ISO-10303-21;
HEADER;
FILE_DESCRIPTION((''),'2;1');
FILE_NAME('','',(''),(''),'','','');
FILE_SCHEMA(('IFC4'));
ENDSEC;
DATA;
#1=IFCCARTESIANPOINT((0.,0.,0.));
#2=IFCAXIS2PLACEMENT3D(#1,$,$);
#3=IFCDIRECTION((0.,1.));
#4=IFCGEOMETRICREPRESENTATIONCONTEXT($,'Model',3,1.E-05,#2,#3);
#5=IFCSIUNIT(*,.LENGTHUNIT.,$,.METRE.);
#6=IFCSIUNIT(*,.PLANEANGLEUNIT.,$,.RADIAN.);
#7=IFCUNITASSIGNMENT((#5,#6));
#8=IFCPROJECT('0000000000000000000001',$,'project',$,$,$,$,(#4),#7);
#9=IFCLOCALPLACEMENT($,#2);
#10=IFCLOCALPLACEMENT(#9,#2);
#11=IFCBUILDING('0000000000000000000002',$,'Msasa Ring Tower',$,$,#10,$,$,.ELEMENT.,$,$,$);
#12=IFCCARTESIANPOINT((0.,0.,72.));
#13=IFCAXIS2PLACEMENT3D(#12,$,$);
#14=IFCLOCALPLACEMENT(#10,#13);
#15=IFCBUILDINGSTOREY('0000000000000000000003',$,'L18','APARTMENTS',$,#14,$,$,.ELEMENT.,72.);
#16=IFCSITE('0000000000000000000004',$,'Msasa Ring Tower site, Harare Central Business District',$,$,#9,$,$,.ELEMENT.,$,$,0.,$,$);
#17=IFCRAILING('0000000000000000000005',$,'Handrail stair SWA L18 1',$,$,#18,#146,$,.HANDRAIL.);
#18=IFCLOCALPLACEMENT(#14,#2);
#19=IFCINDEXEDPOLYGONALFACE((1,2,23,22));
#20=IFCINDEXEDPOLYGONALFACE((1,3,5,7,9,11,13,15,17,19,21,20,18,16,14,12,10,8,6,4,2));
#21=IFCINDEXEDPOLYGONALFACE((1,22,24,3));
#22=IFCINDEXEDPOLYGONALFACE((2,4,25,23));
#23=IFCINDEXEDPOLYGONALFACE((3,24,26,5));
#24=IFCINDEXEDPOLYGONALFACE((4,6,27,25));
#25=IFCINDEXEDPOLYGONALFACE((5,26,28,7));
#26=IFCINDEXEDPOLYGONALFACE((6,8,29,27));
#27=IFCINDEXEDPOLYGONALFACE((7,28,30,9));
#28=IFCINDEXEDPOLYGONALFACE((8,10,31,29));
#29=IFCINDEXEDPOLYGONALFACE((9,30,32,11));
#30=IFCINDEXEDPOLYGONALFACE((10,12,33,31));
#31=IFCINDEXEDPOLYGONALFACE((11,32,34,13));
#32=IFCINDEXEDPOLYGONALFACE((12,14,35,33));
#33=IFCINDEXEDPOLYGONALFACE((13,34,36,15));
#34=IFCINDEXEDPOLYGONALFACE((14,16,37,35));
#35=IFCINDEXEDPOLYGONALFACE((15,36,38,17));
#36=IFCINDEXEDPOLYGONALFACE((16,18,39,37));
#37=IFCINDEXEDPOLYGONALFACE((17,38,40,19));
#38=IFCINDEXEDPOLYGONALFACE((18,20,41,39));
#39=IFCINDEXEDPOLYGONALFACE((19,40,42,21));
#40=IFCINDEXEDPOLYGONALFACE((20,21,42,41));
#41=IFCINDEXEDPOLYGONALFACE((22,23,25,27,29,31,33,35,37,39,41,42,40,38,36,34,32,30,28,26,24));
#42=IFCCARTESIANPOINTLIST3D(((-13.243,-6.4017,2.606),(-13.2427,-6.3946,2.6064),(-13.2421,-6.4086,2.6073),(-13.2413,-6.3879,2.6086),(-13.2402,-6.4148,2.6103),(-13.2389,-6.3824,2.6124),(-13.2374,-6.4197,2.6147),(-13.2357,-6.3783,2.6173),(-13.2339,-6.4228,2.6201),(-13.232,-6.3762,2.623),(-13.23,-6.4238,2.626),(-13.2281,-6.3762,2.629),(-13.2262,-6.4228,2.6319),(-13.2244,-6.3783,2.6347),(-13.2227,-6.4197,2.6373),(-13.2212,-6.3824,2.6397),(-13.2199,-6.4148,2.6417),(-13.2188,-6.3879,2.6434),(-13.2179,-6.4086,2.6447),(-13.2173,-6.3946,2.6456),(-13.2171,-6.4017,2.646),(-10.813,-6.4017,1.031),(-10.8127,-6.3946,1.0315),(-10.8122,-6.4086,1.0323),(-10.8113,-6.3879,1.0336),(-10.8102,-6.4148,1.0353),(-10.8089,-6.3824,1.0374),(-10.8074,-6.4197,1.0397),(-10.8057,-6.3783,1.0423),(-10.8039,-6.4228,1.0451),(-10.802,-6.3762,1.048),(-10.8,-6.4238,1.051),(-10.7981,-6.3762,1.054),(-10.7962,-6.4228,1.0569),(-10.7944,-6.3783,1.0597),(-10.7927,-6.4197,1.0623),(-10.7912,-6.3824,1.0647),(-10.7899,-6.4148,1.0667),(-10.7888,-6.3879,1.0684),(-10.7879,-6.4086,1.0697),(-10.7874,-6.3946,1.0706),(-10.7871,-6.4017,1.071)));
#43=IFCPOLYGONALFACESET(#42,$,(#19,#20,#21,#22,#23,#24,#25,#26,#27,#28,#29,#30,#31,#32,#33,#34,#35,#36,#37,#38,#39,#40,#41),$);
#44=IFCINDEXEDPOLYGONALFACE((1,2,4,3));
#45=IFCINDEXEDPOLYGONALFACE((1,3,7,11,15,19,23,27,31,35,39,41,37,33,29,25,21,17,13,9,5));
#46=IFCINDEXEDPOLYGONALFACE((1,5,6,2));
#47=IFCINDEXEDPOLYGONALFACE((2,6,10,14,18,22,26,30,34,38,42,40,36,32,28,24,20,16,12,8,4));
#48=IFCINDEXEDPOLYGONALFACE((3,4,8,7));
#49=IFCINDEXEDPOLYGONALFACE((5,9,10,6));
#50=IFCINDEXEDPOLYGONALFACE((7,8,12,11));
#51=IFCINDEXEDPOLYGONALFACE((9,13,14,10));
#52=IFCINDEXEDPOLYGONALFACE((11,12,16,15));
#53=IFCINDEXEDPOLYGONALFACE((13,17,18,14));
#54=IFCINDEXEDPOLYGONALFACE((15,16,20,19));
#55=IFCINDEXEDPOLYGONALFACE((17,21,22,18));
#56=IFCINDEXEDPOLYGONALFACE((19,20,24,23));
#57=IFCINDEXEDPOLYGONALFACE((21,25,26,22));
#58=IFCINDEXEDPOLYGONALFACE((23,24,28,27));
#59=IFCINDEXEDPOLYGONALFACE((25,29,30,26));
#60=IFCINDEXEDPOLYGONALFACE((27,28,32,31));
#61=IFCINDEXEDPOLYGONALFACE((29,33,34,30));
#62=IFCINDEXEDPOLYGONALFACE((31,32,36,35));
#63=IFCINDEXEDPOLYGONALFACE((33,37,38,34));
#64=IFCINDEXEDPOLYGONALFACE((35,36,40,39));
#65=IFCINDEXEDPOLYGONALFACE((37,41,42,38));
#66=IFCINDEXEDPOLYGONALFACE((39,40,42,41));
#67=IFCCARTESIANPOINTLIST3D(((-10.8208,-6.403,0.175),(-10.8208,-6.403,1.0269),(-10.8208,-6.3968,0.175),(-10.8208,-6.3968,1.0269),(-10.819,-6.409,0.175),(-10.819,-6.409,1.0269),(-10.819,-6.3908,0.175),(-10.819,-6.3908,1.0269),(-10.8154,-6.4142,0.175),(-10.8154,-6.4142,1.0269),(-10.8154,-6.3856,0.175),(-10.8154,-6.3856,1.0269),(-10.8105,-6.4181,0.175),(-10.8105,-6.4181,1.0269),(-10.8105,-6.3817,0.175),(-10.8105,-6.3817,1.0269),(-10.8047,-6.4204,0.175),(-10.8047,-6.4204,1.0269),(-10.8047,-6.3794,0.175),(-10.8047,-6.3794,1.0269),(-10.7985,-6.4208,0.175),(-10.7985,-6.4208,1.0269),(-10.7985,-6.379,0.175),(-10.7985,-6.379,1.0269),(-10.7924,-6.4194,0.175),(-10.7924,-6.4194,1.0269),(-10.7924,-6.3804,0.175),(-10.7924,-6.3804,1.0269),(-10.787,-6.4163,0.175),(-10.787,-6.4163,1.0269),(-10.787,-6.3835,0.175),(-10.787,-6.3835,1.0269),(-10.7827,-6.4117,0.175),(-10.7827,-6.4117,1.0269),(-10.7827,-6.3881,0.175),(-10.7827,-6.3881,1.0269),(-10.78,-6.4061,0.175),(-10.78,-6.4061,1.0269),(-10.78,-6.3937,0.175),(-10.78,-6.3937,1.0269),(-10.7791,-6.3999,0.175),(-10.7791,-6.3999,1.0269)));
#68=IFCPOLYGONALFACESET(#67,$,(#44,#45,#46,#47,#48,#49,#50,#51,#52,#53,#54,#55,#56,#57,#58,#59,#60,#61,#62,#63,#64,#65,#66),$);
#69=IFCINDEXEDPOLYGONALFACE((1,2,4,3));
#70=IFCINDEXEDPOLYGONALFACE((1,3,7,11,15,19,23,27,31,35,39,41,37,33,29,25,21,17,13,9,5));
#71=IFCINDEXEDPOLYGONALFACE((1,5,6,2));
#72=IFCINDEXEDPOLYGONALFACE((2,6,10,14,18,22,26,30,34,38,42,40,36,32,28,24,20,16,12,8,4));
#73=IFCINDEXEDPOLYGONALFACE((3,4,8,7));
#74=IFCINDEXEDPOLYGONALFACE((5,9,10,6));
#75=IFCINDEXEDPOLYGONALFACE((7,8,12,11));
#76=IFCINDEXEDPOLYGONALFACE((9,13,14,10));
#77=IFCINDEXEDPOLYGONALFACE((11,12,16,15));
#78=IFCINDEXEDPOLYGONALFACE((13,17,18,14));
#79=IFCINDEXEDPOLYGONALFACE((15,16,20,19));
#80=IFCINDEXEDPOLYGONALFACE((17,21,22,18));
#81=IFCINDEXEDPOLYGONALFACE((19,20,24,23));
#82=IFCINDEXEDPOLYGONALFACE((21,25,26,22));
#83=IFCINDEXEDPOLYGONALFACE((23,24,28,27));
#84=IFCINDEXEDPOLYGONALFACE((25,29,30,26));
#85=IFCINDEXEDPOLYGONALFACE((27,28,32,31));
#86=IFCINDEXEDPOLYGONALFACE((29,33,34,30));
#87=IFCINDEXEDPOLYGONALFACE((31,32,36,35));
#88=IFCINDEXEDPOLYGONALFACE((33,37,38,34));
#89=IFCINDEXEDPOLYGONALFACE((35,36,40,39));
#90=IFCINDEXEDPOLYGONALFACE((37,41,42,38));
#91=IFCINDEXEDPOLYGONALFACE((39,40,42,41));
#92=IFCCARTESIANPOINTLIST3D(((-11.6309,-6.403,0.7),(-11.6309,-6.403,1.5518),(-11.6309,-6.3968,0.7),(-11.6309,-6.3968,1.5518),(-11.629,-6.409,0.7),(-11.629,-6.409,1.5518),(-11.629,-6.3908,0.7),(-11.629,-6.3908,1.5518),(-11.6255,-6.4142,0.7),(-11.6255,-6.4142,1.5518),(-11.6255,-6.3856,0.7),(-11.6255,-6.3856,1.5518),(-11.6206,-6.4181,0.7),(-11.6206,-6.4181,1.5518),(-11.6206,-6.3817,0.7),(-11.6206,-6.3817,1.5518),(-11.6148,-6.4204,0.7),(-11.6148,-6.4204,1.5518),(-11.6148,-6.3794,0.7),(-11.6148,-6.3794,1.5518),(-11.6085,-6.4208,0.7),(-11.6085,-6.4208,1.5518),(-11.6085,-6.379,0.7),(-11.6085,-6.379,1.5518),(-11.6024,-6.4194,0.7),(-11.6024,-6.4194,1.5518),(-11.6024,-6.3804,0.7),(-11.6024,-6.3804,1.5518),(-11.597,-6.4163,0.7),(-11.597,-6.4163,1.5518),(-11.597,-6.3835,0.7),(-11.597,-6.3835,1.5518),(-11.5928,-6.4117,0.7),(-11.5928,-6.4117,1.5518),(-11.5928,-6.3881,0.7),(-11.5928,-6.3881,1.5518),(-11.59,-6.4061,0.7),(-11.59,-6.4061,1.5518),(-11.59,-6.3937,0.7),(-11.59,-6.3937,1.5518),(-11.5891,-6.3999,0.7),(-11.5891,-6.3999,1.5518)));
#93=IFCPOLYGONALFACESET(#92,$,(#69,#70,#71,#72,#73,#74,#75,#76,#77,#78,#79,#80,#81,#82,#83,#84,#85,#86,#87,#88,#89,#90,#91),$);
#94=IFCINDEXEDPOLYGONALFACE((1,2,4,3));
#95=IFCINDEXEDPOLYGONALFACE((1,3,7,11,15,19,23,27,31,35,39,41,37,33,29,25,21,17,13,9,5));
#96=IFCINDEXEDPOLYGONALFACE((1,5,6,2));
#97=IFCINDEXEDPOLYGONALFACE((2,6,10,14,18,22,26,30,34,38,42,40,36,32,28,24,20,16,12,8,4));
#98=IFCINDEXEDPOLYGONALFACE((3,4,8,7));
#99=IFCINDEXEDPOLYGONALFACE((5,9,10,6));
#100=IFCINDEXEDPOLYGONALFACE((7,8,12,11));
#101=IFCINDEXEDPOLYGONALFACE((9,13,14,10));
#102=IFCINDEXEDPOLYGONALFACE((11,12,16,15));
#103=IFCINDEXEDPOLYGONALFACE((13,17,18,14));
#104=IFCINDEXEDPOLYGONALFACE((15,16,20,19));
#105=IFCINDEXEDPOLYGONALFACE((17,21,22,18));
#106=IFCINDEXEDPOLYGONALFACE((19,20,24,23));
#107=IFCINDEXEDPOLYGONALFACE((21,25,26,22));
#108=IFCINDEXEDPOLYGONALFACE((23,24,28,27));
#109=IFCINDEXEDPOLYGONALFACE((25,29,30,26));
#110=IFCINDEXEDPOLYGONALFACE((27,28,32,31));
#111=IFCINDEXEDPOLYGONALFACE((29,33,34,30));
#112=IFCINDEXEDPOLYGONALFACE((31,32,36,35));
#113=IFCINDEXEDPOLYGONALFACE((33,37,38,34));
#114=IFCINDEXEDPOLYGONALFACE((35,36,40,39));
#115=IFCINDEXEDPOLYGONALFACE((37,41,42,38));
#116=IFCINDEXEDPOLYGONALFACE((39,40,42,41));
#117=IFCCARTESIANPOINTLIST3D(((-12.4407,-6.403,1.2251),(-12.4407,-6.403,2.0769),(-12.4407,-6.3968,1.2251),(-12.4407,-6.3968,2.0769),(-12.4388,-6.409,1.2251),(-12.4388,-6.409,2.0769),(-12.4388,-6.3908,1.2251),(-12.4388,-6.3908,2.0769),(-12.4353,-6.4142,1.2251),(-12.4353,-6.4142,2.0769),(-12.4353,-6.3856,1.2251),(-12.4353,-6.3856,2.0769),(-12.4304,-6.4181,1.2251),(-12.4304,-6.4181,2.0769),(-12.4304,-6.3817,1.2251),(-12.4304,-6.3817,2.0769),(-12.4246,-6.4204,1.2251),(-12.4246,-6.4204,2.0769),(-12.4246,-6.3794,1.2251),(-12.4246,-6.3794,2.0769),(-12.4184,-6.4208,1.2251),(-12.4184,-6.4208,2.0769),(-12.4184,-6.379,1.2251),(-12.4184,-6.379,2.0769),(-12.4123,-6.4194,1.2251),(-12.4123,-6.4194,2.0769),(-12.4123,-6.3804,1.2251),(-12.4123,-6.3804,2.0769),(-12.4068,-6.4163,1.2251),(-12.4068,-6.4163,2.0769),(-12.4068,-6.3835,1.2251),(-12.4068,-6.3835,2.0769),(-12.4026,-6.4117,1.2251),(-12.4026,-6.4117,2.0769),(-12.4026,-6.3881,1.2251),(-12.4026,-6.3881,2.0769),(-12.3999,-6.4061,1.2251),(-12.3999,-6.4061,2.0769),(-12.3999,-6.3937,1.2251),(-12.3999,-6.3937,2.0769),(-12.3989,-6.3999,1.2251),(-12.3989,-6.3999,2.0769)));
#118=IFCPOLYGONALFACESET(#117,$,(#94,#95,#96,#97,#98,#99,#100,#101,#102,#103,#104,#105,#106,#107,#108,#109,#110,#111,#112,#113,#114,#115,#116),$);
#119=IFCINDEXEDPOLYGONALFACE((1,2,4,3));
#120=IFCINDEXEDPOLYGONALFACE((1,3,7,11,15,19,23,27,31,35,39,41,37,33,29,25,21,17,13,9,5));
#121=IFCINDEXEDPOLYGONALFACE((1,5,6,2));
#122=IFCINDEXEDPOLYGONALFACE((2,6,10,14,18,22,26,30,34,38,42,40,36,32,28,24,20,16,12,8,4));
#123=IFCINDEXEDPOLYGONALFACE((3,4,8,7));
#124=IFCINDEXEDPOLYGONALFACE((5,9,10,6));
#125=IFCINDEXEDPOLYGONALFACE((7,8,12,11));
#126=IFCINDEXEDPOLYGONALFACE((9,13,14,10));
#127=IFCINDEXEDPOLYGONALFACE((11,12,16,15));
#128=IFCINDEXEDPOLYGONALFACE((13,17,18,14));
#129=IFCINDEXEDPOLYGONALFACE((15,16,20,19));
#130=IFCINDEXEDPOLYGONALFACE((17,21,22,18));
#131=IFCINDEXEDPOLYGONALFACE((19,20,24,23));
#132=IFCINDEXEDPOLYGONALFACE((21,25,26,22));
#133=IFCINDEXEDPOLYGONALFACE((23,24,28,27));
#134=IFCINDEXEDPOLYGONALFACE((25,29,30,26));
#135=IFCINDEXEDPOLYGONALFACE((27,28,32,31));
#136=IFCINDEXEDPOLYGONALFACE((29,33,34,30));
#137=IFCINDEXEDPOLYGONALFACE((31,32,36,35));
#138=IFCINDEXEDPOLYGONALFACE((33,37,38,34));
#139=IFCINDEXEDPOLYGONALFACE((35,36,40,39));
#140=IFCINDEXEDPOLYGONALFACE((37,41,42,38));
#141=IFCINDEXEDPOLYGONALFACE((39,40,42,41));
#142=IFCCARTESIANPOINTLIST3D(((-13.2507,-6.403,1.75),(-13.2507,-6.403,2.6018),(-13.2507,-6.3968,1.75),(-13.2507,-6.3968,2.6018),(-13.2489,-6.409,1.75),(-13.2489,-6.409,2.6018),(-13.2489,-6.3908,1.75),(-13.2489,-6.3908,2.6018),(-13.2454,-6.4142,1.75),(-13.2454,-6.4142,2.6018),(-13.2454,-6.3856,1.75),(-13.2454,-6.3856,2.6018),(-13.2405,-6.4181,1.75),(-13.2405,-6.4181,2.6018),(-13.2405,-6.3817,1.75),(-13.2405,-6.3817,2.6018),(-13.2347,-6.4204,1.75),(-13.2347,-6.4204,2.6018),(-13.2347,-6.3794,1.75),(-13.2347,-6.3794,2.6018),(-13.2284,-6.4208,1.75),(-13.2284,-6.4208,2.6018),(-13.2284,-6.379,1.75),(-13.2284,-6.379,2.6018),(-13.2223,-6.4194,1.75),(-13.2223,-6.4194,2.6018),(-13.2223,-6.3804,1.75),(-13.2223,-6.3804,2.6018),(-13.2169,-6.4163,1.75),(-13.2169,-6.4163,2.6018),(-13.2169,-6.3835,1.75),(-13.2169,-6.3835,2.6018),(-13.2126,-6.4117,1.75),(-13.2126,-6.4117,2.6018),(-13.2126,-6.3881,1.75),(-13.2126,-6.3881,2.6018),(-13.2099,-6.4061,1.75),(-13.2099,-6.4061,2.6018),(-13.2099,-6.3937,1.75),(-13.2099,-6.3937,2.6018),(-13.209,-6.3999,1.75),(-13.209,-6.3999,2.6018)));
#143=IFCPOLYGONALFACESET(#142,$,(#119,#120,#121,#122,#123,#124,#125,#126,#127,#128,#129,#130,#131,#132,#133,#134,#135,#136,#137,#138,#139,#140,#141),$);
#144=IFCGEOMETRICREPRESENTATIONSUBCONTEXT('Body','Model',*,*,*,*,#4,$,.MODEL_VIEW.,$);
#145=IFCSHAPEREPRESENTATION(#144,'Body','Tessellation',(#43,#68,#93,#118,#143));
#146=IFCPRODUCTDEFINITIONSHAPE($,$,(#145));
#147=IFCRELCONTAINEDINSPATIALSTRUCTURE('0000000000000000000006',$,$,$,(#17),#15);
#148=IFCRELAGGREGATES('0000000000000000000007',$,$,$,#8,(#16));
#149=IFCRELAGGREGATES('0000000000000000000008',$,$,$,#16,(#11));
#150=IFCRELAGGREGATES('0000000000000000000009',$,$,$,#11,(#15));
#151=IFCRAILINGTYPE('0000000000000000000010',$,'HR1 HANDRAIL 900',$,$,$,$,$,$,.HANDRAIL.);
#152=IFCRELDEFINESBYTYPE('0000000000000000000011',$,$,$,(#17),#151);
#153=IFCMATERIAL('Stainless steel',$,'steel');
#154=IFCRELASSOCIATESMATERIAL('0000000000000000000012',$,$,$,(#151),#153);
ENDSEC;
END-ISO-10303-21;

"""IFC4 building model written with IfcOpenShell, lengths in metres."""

from ifc_helpers import new_model, si_unit, direction, frame, origin, origin_2d, place, context, subcontext, project, spatial, circle, extrude, material, type_object, element, save


model = new_model("IFC4")

# Units and contexts
model_context = context("Model", 3, precision=1e-05, world=origin(), true_north=direction((0.0, 1.0)))
body_context = subcontext(model_context, "Body", "Model", "MODEL_VIEW")
ifc_project = project(units=[si_unit("LENGTHUNIT", "METRE"), si_unit("PLANEANGLEUNIT", "RADIAN")], contexts=[model_context])

# Site, building, storey
site_placement = place(None, origin())
site = spatial("IfcSite", under=ifc_project, at=site_placement, Name="Msasa Ring Tower site, Harare Central Business District", CompositionType="ELEMENT", RefElevation=0.0)
building_placement = place(site_placement, origin())
building = spatial("IfcBuilding", under=site, at=building_placement, Name="Msasa Ring Tower", CompositionType="ELEMENT")
storey_placement = place(building_placement, frame((0.0, 0.0, 72.0)))
storey = spatial("IfcBuildingStorey", under=building, at=storey_placement, Name="L18", Description="APARTMENTS", CompositionType="ELEMENT", Elevation=72.0)

# Railing
ifc_material_1 = material(Name="Stainless steel", Category="steel")
railing_type = type_object("IfcRailingType", Name="HR1 HANDRAIL 900", PredefinedType="HANDRAIL", material=ifc_material_1)
for number, where, name in (
    (1, (-10.8, -6.3999, 0.175), "Handrail stair SWA L18 1"),
):
    element("IfcRailing", number, at=place(storey_placement, frame(where)), inside=storey, type_object=railing_type, Name=name, PredefinedType="HANDRAIL", context=body_context, shape_type="SweptSolid", body=[
        extrude(circle(Radius=0.0239, at=origin_2d()), frame((0.0, 0.0, 0.876), z_axis=(-0.839154, 0.0, 0.543894), x_axis=(0.0, -1.0, 0.0)), (0.0, 0.0, 1.0), 2.8958),
        extrude(circle(Radius=0.021, at=origin_2d()), origin(), (0.0, 0.0, 1.0), 0.8518),
        extrude(circle(Radius=0.021, at=origin_2d()), frame((-0.8101, 0.0, 0.5249)), (0.0, 0.0, 1.0), 0.8518),
        extrude(circle(Radius=0.021, at=origin_2d()), frame((-1.6199, 0.0, 1.05)), (0.0, 0.0, 1.0), 0.8518),
        extrude(circle(Radius=0.021, at=origin_2d()), frame((-2.4299, 0.0, 1.575)), (0.0, 0.0, 1.0), 0.8518),
    ])

save(model, "model.ifc")
